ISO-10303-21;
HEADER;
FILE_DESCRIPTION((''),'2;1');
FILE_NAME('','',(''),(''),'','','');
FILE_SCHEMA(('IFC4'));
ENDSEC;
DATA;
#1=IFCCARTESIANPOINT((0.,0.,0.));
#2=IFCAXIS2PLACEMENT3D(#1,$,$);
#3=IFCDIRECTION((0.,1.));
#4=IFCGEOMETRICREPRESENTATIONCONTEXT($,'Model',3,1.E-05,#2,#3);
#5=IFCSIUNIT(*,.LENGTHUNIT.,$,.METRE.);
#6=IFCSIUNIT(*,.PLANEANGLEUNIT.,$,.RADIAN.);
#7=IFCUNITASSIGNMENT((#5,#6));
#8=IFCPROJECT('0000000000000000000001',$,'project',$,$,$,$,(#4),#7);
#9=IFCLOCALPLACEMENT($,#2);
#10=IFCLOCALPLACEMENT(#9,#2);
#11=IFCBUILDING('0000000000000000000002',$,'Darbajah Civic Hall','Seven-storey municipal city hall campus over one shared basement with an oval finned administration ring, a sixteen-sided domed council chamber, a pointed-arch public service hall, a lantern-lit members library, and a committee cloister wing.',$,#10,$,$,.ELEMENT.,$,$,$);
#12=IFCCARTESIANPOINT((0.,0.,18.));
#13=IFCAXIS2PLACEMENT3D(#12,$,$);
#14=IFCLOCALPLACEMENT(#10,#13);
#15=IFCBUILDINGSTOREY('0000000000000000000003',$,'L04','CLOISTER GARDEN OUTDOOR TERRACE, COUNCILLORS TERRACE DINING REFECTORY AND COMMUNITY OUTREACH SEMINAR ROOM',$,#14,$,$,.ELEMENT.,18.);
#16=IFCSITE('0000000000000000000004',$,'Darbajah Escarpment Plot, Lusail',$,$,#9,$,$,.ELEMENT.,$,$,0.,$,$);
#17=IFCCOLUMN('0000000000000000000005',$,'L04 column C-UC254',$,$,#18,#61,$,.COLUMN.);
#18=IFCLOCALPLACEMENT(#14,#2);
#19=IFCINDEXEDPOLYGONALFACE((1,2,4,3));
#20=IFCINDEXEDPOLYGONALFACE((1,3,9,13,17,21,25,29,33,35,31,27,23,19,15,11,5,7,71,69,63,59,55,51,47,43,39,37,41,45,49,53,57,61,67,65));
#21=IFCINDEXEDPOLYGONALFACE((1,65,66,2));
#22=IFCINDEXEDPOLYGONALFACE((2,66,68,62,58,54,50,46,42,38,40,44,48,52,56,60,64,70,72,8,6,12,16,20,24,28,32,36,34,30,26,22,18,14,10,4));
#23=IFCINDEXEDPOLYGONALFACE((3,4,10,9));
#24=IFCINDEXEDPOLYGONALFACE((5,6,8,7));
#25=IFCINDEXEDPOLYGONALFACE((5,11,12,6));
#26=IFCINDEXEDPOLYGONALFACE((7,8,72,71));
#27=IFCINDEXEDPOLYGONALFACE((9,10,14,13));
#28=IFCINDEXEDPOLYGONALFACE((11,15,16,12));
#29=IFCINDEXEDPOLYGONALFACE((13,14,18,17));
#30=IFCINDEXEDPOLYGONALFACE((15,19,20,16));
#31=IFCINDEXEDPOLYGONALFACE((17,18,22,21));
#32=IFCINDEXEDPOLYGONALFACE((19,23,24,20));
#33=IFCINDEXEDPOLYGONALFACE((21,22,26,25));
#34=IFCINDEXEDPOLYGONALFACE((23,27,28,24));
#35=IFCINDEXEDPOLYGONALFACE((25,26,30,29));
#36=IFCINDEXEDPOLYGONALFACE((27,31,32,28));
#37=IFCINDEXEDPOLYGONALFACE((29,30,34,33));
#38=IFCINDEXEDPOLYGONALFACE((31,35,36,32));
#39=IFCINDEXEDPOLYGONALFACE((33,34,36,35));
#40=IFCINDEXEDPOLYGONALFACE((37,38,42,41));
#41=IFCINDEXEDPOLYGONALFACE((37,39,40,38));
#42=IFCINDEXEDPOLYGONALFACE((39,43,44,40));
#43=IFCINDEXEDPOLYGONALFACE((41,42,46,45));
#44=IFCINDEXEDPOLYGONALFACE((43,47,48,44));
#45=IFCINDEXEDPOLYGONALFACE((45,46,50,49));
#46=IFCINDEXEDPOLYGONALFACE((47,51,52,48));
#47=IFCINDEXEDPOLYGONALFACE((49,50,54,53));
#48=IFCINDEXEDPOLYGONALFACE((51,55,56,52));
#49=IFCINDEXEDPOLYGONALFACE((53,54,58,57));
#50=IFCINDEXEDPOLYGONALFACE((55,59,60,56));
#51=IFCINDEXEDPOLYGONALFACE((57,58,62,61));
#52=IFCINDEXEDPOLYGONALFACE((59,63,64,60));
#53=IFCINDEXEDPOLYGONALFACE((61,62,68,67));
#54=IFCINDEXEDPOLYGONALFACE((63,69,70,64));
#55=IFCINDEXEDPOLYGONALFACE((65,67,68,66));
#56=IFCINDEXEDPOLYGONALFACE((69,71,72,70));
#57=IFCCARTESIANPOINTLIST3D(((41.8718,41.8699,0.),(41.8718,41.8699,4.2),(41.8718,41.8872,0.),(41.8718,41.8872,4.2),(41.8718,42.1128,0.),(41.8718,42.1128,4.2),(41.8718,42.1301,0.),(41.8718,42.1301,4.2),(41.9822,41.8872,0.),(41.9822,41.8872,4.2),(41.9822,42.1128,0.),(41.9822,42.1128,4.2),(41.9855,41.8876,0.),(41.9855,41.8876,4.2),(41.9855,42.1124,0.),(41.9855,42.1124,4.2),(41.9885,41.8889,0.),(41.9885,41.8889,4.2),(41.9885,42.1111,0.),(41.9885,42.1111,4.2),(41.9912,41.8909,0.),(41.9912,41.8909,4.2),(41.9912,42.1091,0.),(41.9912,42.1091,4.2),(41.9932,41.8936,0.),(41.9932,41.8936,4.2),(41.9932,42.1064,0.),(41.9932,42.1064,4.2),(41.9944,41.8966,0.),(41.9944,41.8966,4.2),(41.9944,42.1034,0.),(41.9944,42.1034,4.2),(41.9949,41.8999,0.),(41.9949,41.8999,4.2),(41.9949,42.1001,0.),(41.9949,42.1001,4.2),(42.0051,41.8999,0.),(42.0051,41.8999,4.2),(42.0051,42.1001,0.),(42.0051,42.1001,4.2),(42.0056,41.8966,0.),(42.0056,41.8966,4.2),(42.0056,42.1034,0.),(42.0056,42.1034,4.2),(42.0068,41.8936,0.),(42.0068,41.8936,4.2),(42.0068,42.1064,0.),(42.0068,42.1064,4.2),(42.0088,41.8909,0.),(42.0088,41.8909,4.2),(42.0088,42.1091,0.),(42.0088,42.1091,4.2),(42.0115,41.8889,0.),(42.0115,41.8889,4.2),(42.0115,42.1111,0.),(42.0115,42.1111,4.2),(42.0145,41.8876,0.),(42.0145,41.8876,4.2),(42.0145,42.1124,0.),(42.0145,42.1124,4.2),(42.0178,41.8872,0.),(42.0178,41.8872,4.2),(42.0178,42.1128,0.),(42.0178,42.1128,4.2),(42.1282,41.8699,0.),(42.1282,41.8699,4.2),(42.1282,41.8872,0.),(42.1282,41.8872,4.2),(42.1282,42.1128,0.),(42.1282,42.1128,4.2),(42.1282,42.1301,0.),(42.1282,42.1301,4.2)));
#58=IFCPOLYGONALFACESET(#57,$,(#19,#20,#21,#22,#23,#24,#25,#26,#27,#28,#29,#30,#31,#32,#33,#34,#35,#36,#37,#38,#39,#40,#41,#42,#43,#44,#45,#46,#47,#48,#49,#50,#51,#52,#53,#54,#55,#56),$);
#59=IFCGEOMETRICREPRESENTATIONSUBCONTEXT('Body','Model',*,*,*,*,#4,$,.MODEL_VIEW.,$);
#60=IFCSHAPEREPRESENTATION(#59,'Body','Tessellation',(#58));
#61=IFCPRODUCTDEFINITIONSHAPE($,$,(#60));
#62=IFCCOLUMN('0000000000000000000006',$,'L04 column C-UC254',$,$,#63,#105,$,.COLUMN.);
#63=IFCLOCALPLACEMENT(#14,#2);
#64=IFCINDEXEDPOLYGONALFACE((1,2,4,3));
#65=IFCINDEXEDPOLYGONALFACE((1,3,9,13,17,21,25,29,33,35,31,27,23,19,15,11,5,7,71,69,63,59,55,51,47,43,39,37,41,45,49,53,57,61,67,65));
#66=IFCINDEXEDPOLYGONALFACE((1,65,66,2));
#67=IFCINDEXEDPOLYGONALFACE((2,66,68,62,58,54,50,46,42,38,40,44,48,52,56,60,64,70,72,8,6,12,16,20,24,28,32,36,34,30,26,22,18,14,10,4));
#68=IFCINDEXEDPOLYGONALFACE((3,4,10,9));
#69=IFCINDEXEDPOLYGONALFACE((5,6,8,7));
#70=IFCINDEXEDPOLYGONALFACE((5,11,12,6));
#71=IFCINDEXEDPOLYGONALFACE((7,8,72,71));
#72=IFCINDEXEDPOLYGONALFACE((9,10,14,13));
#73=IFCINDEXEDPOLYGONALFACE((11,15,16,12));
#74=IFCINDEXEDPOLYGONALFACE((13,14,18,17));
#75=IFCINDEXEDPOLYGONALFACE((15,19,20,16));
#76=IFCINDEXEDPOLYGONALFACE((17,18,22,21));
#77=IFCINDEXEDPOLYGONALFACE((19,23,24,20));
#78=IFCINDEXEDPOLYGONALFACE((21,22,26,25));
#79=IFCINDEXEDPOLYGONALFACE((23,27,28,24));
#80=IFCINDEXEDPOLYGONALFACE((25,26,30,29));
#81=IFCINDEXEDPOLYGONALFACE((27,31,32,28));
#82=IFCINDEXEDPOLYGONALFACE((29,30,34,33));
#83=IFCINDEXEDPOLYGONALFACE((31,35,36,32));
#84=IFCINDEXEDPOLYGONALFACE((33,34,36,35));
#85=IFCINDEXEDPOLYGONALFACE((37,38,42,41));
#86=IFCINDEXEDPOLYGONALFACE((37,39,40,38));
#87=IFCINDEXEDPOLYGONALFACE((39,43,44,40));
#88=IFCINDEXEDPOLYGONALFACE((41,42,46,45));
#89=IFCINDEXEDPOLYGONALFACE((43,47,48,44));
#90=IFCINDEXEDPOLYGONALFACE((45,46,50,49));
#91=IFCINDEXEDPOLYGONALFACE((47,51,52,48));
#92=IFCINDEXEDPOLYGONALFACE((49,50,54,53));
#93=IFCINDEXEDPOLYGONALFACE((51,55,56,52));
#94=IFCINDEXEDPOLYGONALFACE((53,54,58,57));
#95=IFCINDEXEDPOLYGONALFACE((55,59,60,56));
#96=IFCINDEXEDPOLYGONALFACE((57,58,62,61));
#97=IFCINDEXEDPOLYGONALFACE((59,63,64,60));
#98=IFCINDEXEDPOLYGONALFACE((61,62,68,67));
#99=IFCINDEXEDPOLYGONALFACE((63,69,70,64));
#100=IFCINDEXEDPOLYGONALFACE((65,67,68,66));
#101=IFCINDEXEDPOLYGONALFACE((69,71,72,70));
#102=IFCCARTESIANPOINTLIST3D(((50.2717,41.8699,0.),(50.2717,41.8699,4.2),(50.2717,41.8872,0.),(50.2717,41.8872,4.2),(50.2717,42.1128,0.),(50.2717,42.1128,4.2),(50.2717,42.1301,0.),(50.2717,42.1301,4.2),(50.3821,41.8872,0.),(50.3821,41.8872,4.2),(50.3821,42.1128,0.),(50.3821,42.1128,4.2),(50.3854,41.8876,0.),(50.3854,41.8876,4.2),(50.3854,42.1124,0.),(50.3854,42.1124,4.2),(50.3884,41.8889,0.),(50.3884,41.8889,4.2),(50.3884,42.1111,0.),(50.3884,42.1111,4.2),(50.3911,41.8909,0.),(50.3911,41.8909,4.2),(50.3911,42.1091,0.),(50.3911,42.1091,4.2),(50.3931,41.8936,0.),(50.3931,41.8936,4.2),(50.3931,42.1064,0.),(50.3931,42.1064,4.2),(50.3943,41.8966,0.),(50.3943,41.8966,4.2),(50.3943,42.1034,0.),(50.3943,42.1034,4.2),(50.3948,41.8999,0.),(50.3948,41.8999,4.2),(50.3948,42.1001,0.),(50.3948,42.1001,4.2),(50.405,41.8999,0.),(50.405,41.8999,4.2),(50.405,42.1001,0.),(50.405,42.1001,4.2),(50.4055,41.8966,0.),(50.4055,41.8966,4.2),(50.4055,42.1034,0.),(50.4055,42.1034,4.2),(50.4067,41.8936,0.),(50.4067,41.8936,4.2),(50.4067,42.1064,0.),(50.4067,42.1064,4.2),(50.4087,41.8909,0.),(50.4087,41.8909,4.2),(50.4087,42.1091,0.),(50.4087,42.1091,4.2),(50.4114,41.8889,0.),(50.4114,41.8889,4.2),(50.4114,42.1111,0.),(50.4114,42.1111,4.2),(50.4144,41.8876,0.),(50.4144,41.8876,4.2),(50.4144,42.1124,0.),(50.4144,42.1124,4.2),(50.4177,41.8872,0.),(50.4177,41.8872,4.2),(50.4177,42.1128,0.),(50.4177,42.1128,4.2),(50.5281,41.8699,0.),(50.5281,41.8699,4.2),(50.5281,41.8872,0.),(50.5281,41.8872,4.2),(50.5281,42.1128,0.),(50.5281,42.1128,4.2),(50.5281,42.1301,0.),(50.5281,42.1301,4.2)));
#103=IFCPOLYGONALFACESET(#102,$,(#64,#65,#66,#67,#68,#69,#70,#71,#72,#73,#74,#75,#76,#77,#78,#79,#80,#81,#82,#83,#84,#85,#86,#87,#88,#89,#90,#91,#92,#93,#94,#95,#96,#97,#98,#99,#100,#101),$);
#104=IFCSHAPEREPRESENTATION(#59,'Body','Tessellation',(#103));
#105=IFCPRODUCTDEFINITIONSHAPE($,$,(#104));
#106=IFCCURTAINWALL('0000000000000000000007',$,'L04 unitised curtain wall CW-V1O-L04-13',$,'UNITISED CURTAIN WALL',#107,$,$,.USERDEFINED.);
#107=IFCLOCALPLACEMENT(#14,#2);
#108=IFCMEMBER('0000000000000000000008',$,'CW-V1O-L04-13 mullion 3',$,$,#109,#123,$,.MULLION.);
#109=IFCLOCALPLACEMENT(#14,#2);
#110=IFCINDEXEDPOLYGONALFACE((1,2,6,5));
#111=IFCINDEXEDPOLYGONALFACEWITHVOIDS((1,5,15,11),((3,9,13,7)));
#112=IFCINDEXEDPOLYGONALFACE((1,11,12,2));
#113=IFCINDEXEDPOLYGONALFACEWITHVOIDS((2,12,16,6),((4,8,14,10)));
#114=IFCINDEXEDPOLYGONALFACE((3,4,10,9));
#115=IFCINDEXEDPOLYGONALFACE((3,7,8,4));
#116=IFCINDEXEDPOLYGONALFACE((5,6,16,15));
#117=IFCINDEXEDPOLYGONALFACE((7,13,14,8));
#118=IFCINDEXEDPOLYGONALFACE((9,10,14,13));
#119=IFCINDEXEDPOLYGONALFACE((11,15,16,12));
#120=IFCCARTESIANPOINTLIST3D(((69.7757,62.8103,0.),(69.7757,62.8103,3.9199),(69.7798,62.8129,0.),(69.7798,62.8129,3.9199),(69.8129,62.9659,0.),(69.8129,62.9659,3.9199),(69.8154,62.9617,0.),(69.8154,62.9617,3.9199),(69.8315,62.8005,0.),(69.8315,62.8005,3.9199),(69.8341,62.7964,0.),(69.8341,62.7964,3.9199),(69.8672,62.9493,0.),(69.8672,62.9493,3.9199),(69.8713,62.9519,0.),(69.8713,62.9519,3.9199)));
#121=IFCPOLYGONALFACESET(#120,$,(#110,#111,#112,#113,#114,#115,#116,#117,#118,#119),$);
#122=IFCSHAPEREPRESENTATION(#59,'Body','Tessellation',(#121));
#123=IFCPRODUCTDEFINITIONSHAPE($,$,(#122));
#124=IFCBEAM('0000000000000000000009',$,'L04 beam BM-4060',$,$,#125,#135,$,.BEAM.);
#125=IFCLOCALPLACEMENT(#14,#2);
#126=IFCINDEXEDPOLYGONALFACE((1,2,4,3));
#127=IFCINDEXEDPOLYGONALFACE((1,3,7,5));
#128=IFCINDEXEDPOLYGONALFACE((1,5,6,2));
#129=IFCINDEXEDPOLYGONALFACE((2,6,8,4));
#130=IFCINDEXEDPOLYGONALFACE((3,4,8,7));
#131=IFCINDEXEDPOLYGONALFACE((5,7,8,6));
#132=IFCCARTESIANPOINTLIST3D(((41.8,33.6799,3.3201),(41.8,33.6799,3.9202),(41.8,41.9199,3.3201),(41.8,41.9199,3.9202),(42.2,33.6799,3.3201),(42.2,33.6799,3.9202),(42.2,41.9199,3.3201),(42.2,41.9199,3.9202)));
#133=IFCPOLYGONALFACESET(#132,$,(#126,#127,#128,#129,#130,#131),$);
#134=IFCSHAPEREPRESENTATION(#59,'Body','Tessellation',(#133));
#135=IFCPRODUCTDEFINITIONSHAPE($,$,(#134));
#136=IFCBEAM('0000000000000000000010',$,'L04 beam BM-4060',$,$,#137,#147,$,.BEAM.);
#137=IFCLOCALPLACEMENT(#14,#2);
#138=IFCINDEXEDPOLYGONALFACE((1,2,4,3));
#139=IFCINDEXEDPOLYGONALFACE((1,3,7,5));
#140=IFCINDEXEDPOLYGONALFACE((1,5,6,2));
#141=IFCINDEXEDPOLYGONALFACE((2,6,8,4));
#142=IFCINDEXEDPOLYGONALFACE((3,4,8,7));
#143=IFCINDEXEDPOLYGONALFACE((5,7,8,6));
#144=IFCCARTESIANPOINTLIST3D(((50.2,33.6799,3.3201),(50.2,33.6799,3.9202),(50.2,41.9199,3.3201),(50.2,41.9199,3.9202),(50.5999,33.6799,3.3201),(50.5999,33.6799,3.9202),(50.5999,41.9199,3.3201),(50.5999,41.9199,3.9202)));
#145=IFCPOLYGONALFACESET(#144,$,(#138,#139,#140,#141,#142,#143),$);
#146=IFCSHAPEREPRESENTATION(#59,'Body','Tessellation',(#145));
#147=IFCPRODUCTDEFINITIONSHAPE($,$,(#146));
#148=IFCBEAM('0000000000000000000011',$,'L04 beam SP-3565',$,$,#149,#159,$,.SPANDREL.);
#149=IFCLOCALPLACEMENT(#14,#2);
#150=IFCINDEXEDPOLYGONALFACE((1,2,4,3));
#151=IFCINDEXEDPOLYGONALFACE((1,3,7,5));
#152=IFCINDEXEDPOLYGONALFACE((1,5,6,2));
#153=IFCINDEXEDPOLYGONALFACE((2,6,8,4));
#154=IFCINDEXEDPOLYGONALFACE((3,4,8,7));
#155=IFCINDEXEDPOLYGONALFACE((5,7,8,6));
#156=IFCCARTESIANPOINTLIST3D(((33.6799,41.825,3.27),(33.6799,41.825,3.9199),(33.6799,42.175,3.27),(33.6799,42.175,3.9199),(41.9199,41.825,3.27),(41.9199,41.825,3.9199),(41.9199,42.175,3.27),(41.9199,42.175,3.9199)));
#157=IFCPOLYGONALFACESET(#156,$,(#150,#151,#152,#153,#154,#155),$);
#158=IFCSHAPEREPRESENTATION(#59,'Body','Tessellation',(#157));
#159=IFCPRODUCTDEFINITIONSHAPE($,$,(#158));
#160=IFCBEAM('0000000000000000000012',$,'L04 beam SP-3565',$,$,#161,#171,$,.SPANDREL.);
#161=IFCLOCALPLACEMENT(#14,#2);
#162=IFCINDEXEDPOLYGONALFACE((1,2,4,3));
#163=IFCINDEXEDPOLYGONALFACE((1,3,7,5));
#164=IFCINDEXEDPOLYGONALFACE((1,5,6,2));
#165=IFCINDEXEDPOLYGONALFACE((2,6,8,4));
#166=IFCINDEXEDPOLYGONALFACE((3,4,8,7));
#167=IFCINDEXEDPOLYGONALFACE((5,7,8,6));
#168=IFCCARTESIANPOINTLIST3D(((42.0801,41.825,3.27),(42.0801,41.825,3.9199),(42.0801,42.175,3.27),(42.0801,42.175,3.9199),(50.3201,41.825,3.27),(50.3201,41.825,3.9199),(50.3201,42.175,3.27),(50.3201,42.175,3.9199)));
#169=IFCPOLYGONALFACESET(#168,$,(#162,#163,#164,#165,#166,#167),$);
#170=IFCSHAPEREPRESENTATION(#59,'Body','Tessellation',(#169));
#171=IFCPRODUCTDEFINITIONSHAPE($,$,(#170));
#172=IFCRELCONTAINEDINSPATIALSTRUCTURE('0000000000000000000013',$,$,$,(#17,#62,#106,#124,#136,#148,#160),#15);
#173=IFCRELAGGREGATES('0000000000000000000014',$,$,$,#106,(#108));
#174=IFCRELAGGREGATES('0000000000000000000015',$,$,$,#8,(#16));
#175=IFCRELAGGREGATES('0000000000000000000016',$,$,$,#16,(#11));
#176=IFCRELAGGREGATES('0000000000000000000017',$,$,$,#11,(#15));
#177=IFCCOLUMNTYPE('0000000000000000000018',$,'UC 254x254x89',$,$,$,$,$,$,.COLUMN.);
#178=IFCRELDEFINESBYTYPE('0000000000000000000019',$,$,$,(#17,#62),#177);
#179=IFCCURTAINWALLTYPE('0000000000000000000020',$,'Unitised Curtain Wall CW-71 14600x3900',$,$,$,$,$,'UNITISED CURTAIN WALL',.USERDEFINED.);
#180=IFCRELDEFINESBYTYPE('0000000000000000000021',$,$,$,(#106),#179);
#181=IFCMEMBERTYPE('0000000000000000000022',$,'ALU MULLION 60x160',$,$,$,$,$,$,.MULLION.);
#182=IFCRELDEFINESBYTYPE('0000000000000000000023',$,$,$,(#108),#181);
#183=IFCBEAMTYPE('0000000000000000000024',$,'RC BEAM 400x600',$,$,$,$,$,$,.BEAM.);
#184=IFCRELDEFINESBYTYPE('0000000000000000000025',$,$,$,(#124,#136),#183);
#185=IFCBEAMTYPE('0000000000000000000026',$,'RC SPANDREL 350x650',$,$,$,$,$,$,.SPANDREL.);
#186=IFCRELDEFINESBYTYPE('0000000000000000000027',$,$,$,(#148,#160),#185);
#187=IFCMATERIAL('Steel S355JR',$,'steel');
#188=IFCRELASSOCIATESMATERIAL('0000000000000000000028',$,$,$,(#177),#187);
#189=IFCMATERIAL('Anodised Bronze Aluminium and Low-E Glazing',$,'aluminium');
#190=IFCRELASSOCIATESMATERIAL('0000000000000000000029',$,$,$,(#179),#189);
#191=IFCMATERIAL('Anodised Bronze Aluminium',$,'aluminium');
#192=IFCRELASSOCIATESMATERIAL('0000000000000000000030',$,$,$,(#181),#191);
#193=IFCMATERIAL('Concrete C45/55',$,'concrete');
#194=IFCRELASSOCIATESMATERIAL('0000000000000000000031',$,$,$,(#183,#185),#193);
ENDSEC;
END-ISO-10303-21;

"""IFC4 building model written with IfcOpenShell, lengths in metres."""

from ifc_helpers import new_model, si_unit, direction, frame, origin, origin_2d, place, context, subcontext, project, spatial, rectangle, hollow_rectangle, i_section, extrude, material, material_profile, profile_set, type_object, element, aggregate, save


model = new_model("IFC4")

# Units and contexts
model_context = context("Model", 3, precision=1e-05, world=origin(), true_north=direction((0.0, 1.0)))
body_context = subcontext(model_context, "Body", "Model", "MODEL_VIEW")
ifc_project = project(units=[si_unit("LENGTHUNIT", "METRE"), si_unit("PLANEANGLEUNIT", "RADIAN")], contexts=[model_context])

# Site, building, storey
site_placement = place(None, origin())
site = spatial("IfcSite", under=ifc_project, at=site_placement, Name="Darbajah Escarpment Plot, Lusail", CompositionType="ELEMENT", RefElevation=0.0)
building_placement = place(site_placement, origin())
building = spatial("IfcBuilding", under=site, at=building_placement, Name="Darbajah Civic Hall", Description="Seven-storey municipal city hall campus over one shared basement with an oval finned administration ring, a sixteen-sided domed council chamber, a pointed-arch public service hall, a lantern-lit members library, and a committee cloister wing.", CompositionType="ELEMENT")
storey_placement = place(building_placement, frame((0.0, 0.0, 18.0)))
storey = spatial("IfcBuildingStorey", under=building, at=storey_placement, Name="L04", Description="CLOISTER GARDEN OUTDOOR TERRACE, COUNCILLORS TERRACE DINING REFECTORY AND COMMUNITY OUTREACH SEMINAR ROOM", CompositionType="ELEMENT", Elevation=18.0)

# Columns
ifc_material_1 = material(Name="Steel S355JR", Category="steel")
ifc_material_profile_1 = material_profile(ifc_material_1, i_section(OverallWidth=0.2563, OverallDepth=0.2603, WebThickness=0.0103, FlangeThickness=0.0173, FilletRadius=0.0127, at=origin_2d()), Name="UC 254x254x89")
ifc_profile_set_1 = profile_set([ifc_material_profile_1], Name="Steel S355JR")
column_type = type_object("IfcColumnType", Name="UC 254x254x89", PredefinedType="COLUMN", material=ifc_profile_set_1)
for number, where, z_axis, x_axis, name in (
    (1, (42.0, 42.0, 0.0), (0.0, 0.0, 1.0), (1.0, 0.0, 0.0), "L04 column C-UC254"),
    (2, (50.3999, 42.0, 0.0), (0.0, 0.0, 1.0), (1.0, 0.0, 0.0), "L04 column C-UC254"),
):
    element("IfcColumn", number, at=place(storey_placement, frame(where, z_axis=z_axis, x_axis=x_axis)), inside=storey, type_object=column_type, Name=name, PredefinedType="COLUMN", context=body_context, shape_type="SweptSolid", body=[
        extrude(i_section(OverallWidth=0.2563, OverallDepth=0.2603, WebThickness=0.0103, FlangeThickness=0.0173, FilletRadius=0.0127, at=origin_2d()), origin(), (0.0, 0.0, 1.0), 4.2),
    ])

# Curtain wall, member
ifc_material_2 = material(Name="Anodised Bronze Aluminium and Low-E Glazing", Category="aluminium")
curtain_wall_type = type_object("IfcCurtainWallType", Name="Unitised Curtain Wall CW-71 14600x3900", ElementType="UNITISED CURTAIN WALL", PredefinedType="USERDEFINED", material=ifc_material_2)
curtain_wall_placement = place(storey_placement, origin())
curtain_wall = element("IfcCurtainWall", 3, at=curtain_wall_placement, inside=storey, type_object=curtain_wall_type, Name="L04 unitised curtain wall CW-V1O-L04-13", ObjectType="UNITISED CURTAIN WALL", PredefinedType="USERDEFINED")
ifc_material_3 = material(Name="Anodised Bronze Aluminium", Category="aluminium")
ifc_material_profile_2 = material_profile(ifc_material_3, hollow_rectangle(XDim=0.0601, YDim=0.1599, WallThickness=0.0034, at=origin_2d()), Name="ALU MULLION 60x160")
ifc_profile_set_2 = profile_set([ifc_material_profile_2], Name="Anodised Bronze Aluminium")
member_type = type_object("IfcMemberType", Name="ALU MULLION 60x160", PredefinedType="MULLION", material=ifc_profile_set_2)
member_placement = place(storey_placement, frame((69.8235, 62.8811, 0.0), z_axis=(0.0, 0.0, 1.0), x_axis=(0.972492, -0.232936, 0.0)))
member = element("IfcMember", 4, at=member_placement, type_object=member_type, Name="CW-V1O-L04-13 mullion 3", PredefinedType="MULLION", context=body_context, shape_type="SweptSolid", body=[
    extrude(hollow_rectangle(XDim=0.0601, YDim=0.1599, WallThickness=0.0034, at=origin_2d()), origin(), (0.0, 0.0, 1.0), 3.9199),
])

# Beams
ifc_material_4 = material(Name="Concrete C45/55", Category="concrete")
ifc_material_profile_3 = material_profile(ifc_material_4, rectangle(XDim=0.3999, YDim=0.6001, at=origin_2d()), Name="RC BEAM 400x600")
ifc_profile_set_3 = profile_set([ifc_material_profile_3], Name="Concrete C45/55")
beam_type_1 = type_object("IfcBeamType", Name="RC BEAM 400x600", PredefinedType="BEAM", material=ifc_profile_set_3)
for number, where, z_axis, x_axis, name in (
    (5, (42.0, 33.6799, 3.6201), (0.0, 1.0, 0.0), (-1.0, 0.0, 0.0), "L04 beam BM-4060"),
    (6, (50.3999, 33.6799, 3.6201), (0.0, 1.0, 0.0), (-1.0, 0.0, 0.0), "L04 beam BM-4060"),
):
    element("IfcBeam", number, at=place(storey_placement, frame(where, z_axis=z_axis, x_axis=x_axis)), inside=storey, type_object=beam_type_1, Name=name, PredefinedType="BEAM", context=body_context, shape_type="SweptSolid", body=[
        extrude(rectangle(XDim=0.3999, YDim=0.6001, at=origin_2d()), origin(), (0.0, 0.0, 1.0), 8.24),
    ])
ifc_material_profile_4 = material_profile(ifc_material_4, rectangle(XDim=0.3501, YDim=0.6499, at=origin_2d()), Name="RC SPANDREL 350x650")
ifc_profile_set_4 = profile_set([ifc_material_profile_4], Name="Concrete C45/55")
beam_type_2 = type_object("IfcBeamType", Name="RC SPANDREL 350x650", PredefinedType="SPANDREL", material=ifc_profile_set_4)
for number, where, z_axis, x_axis, name in (
    (7, (33.6799, 42.0, 3.595), (1.0, 0.0, 0.0), (0.0, 1.0, 0.0), "L04 beam SP-3565"),
    (8, (42.0801, 42.0, 3.595), (1.0, 0.0, 0.0), (0.0, 1.0, 0.0), "L04 beam SP-3565"),
):
    element("IfcBeam", number, at=place(storey_placement, frame(where, z_axis=z_axis, x_axis=x_axis)), inside=storey, type_object=beam_type_2, Name=name, PredefinedType="SPANDREL", context=body_context, shape_type="SweptSolid", body=[
        extrude(rectangle(XDim=0.3501, YDim=0.6499, at=origin_2d()), origin(), (0.0, 0.0, 1.0), 8.24),
    ])

aggregate(curtain_wall, [member])

save(model, "model.ifc")
